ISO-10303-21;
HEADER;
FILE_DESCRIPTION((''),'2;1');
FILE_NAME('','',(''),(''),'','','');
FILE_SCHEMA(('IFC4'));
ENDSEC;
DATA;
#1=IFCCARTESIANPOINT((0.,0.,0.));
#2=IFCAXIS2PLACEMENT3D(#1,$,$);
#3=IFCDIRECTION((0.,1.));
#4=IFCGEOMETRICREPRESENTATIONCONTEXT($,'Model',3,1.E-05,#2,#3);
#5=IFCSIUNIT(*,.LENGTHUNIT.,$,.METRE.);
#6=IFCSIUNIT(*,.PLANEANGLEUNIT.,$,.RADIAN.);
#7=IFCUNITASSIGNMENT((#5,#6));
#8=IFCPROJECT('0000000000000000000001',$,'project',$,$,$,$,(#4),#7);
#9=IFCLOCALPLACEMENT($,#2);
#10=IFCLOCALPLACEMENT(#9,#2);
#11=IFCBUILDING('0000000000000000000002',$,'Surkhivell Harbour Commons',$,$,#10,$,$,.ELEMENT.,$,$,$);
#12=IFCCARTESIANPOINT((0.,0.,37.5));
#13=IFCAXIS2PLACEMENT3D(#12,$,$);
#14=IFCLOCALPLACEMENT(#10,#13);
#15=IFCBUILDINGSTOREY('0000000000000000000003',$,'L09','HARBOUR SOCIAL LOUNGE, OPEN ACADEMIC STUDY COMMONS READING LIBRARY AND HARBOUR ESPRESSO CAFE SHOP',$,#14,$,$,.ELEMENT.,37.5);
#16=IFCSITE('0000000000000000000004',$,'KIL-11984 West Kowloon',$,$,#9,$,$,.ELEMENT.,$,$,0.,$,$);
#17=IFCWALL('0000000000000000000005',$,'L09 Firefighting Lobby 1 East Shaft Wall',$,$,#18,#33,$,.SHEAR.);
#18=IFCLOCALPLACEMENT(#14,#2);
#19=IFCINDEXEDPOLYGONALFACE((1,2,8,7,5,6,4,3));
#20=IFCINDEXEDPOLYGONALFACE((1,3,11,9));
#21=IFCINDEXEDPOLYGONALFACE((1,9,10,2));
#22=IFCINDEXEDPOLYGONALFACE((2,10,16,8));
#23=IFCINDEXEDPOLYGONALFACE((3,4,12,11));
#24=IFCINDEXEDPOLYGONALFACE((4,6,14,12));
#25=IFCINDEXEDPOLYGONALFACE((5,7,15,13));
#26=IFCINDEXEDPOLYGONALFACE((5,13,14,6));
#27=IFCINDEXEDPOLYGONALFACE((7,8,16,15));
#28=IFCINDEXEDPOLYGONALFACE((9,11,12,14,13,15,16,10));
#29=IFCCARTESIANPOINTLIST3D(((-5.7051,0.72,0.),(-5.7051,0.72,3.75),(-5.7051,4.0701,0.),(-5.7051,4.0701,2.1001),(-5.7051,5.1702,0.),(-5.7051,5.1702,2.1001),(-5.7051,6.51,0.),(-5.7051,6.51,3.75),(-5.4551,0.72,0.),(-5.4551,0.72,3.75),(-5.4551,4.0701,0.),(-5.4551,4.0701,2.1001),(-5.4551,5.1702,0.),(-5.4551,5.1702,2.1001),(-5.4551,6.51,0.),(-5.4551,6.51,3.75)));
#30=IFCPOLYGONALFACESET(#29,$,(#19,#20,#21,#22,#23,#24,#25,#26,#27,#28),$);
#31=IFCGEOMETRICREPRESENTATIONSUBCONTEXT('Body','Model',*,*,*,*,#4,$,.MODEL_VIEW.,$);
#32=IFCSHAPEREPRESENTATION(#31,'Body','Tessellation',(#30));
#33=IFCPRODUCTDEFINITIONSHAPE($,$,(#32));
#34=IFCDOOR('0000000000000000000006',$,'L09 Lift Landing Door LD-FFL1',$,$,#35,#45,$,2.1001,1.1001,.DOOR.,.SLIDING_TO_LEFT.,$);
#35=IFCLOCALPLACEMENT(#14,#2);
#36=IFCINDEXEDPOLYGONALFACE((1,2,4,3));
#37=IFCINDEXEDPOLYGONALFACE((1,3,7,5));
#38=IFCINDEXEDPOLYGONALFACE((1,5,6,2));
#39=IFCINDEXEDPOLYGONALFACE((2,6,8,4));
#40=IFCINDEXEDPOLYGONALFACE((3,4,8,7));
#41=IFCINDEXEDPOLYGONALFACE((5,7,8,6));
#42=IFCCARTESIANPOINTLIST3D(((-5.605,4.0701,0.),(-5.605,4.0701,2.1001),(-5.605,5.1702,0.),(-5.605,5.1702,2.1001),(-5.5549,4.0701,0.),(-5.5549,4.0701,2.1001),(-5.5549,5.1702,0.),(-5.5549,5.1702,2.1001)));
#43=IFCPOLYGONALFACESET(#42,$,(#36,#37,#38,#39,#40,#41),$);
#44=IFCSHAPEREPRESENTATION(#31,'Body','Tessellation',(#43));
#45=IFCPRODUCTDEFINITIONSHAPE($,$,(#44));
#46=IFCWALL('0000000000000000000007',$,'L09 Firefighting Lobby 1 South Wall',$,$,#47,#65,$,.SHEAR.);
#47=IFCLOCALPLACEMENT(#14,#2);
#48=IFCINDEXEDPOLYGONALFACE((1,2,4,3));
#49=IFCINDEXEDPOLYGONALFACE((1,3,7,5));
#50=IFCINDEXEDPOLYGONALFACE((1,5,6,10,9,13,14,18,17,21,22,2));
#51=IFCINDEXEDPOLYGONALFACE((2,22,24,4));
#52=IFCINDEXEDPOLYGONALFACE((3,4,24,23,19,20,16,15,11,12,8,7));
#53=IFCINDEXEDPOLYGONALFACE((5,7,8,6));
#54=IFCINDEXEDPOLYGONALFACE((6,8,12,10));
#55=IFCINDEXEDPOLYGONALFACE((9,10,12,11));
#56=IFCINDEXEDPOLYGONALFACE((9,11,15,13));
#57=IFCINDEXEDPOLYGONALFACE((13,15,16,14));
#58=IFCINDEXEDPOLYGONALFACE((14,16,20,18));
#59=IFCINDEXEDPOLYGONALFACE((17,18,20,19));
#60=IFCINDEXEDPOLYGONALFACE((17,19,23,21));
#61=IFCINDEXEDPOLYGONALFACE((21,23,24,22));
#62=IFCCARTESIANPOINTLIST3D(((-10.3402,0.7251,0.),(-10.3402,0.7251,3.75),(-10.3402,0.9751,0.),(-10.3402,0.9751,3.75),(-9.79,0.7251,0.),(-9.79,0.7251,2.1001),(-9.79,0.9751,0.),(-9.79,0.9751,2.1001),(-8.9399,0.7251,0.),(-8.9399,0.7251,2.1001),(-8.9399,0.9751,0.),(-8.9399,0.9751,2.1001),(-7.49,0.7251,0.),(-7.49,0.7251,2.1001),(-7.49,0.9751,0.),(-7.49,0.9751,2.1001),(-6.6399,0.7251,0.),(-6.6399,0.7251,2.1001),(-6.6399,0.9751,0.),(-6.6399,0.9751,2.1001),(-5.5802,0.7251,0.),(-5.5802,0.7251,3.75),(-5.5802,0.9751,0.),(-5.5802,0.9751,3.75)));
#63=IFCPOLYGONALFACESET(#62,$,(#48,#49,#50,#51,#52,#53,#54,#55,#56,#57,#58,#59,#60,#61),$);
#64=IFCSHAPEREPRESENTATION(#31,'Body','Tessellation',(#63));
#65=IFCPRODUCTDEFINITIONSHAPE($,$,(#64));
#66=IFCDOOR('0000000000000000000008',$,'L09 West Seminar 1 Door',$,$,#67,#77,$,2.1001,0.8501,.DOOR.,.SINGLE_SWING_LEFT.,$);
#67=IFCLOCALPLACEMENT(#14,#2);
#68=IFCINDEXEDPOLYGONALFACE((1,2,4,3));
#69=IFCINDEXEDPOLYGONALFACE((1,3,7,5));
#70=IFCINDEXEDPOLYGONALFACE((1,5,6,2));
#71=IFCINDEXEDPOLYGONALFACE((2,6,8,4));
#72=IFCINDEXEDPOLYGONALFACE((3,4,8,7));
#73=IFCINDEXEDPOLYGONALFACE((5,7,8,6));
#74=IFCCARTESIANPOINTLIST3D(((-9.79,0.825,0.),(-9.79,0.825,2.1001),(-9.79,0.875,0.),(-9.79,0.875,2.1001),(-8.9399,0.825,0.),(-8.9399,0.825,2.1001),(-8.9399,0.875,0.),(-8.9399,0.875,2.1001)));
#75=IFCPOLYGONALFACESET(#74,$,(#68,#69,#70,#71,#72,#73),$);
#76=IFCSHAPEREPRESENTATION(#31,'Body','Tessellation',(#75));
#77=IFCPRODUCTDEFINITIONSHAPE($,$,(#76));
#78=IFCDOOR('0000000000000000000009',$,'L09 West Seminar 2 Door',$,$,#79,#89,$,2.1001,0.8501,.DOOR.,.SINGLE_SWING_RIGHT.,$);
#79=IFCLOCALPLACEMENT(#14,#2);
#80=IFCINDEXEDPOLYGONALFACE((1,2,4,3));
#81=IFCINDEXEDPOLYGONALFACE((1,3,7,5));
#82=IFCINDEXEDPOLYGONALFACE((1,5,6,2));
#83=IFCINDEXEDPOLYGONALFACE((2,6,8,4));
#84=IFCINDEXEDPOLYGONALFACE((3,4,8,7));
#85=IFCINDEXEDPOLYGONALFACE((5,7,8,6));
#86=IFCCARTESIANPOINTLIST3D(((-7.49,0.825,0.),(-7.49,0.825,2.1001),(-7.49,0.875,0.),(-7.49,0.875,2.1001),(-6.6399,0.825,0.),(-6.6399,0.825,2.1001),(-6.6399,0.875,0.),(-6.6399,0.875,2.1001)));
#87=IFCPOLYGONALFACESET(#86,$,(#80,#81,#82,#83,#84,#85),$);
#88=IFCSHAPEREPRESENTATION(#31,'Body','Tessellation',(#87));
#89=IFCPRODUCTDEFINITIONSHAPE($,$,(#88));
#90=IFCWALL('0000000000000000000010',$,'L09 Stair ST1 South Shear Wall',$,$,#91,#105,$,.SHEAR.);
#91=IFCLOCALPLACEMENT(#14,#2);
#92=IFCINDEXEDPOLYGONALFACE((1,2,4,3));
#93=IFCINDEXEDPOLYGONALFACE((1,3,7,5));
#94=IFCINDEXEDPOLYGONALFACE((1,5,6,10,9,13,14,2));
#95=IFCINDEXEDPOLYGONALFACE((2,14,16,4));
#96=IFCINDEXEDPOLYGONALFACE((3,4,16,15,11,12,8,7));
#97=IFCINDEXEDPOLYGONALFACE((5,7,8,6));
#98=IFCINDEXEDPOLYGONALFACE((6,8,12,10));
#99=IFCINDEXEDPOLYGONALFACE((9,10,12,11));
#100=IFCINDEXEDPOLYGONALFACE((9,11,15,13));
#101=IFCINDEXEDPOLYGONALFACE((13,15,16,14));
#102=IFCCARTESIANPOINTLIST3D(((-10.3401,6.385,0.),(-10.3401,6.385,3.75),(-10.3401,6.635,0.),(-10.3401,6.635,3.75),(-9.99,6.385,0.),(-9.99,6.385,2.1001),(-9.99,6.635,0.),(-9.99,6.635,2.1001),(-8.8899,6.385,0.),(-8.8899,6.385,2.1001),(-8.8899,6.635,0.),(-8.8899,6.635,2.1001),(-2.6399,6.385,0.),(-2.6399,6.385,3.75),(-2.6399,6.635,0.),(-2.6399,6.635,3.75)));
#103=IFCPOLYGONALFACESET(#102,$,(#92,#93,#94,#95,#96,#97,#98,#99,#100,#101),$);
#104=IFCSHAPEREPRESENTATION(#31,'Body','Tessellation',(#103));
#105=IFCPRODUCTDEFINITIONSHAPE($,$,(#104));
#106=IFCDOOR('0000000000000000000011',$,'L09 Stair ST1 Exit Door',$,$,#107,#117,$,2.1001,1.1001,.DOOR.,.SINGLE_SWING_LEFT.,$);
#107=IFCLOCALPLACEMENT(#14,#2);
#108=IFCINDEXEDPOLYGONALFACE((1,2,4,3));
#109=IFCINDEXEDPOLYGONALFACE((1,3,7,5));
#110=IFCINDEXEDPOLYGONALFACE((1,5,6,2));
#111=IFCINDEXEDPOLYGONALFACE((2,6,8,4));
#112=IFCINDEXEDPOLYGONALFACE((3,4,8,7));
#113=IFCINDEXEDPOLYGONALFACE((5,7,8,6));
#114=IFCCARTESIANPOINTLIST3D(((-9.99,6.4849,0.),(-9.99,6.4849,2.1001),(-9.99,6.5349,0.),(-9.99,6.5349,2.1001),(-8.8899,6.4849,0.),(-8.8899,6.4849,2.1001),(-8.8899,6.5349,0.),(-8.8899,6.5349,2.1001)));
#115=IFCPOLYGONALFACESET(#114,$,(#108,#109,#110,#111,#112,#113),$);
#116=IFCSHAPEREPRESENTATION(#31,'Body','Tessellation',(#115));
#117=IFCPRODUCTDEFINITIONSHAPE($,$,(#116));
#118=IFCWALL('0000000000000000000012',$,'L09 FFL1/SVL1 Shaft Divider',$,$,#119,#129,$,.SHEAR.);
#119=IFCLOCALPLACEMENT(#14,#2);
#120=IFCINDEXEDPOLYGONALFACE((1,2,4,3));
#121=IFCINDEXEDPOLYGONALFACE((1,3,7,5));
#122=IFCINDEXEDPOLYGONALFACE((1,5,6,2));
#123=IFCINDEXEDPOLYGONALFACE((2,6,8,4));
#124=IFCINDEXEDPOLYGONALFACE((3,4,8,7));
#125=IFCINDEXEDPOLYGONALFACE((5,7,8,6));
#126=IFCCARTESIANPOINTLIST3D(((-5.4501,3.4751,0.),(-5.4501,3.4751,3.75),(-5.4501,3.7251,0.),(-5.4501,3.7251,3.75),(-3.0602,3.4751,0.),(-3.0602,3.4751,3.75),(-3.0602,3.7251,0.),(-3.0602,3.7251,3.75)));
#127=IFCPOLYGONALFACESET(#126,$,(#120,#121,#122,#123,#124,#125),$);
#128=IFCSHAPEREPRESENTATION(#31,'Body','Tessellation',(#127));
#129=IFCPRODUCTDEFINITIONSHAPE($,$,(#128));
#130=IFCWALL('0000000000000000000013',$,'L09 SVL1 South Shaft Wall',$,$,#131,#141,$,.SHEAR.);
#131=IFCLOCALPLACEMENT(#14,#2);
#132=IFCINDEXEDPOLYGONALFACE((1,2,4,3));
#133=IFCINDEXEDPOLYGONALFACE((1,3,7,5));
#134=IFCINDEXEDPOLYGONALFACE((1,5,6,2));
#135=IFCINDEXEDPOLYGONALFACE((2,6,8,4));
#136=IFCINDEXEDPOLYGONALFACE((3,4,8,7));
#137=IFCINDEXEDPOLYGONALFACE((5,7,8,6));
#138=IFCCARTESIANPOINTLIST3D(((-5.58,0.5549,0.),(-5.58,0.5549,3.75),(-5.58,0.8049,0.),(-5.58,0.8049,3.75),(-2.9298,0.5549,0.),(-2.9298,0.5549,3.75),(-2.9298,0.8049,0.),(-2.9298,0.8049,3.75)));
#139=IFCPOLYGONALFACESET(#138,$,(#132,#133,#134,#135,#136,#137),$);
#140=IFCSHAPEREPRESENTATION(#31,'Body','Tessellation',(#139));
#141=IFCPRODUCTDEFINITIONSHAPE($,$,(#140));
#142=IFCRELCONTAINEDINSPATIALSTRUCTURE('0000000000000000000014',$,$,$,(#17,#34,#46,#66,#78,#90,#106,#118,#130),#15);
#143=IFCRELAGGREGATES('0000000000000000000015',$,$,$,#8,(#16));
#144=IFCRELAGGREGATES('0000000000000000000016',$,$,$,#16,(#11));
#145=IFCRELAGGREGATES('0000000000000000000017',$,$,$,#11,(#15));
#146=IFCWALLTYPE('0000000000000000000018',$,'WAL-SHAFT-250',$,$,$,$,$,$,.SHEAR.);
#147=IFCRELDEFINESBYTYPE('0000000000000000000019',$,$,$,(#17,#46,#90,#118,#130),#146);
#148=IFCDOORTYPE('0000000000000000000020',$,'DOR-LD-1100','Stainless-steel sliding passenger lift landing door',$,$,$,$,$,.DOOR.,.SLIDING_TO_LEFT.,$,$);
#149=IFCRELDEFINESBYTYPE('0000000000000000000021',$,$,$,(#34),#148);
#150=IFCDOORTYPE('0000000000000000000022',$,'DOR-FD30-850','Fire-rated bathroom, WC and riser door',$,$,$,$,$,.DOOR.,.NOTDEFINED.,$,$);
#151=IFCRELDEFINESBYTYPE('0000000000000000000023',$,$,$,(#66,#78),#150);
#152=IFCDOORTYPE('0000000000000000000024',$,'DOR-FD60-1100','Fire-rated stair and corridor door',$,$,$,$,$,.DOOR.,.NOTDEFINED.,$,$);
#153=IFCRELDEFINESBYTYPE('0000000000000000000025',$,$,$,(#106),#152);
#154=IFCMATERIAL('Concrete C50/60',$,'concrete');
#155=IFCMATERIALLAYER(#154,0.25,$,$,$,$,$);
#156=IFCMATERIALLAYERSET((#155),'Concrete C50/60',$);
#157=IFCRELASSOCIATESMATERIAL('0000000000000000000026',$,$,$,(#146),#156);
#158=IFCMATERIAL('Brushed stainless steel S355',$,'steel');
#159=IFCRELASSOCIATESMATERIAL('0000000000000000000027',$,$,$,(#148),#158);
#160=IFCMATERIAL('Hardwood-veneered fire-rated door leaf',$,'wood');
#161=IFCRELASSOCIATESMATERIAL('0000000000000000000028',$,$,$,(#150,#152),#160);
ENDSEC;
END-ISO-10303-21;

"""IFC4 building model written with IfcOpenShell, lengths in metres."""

from ifc_helpers import new_model, si_unit, direction, frame, frame_2d, origin, place, context, subcontext, project, spatial, rectangle, extrude, material, layer, layer_set, type_object, element, fill, save


model = new_model("IFC4")

# Units and contexts
model_context = context("Model", 3, precision=1e-05, world=origin(), true_north=direction((0.0, 1.0)))
body_context = subcontext(model_context, "Body", "Model", "MODEL_VIEW")
ifc_project = project(units=[si_unit("LENGTHUNIT", "METRE"), si_unit("PLANEANGLEUNIT", "RADIAN")], contexts=[model_context])

# Site, building, storey
site_placement = place(None, origin())
site = spatial("IfcSite", under=ifc_project, at=site_placement, Name="KIL-11984 West Kowloon", CompositionType="ELEMENT", RefElevation=0.0)
building_placement = place(site_placement, origin())
building = spatial("IfcBuilding", under=site, at=building_placement, Name="Surkhivell Harbour Commons", CompositionType="ELEMENT")
storey_placement = place(building_placement, frame((0.0, 0.0, 37.5)))
storey = spatial("IfcBuildingStorey", under=building, at=storey_placement, Name="L09", Description="HARBOUR SOCIAL LOUNGE, OPEN ACADEMIC STUDY COMMONS READING LIBRARY AND HARBOUR ESPRESSO CAFE SHOP", CompositionType="ELEMENT", Elevation=37.5)

# Shared definitions
ifc_material_1 = material(Name="Hardwood-veneered fire-rated door leaf", Category="wood")

# Wall, opening, door
ifc_material_2 = material(Name="Concrete C50/60", Category="concrete")
ifc_layer_1 = layer(ifc_material_2, 0.25)
ifc_layer_set_1 = layer_set([ifc_layer_1], Name="Concrete C50/60")
wall_type_1 = type_object("IfcWallType", Name="WAL-SHAFT-250", PredefinedType="SHEAR", material=ifc_layer_set_1)
wall_1_placement = place(storey_placement, frame((-5.5801, 0.72, 0.0), z_axis=(0.0, 0.0, 1.0), x_axis=(0.0, 1.0, 0.0)))
wall_1 = element("IfcWall", 1, at=wall_1_placement, inside=storey, type_object=wall_type_1, Name="L09 Firefighting Lobby 1 East Shaft Wall", PredefinedType="SHEAR", context=body_context, shape_type="SweptSolid", body=[
    extrude(rectangle(XDim=5.79, YDim=0.25, at=frame_2d((2.895, 0.0))), origin(), (0.0, 0.0, 1.0), 3.75),
])
opening_1_placement = place(wall_1_placement, frame((3.3501, 0.0, 0.0)))
opening_1 = element("IfcOpeningElement", 2, at=opening_1_placement, cuts=wall_1, PredefinedType="OPENING", context=body_context, shape_type="SweptSolid", body=[
    extrude(rectangle(XDim=1.1001, YDim=2.1001, at=frame_2d((0.55, 1.05))), frame((0.0, 0.135, 0.0), z_axis=(0.0, -1.0, 0.0), x_axis=(1.0, 0.0, 0.0)), (0.0, 0.0, 1.0), 0.27),
])
ifc_material_3 = material(Name="Brushed stainless steel S355", Category="steel")
door_type_1 = type_object("IfcDoorType", Name="DOR-LD-1100", Description="Stainless-steel sliding passenger lift landing door", OperationType="SLIDING_TO_LEFT", PredefinedType="DOOR", material=ifc_material_3)
door_1_placement = place(opening_1_placement, origin())
door_1 = element("IfcDoor", 3, at=door_1_placement, inside=storey, type_object=door_type_1, Name="L09 Lift Landing Door LD-FFL1", OperationType="SLIDING_TO_LEFT", OverallHeight=2.1001, OverallWidth=1.1001, PredefinedType="DOOR", context=body_context, shape_type="SweptSolid", body=[
    extrude(rectangle(XDim=1.1001, YDim=2.1001, at=frame_2d((0.55, 1.05))), frame((0.0, 0.0249, 0.0), z_axis=(0.0, -1.0, 0.0), x_axis=(1.0, 0.0, 0.0)), (0.0, 0.0, 1.0), 0.05),
])
fill(opening_1, door_1)

# Wall, openings, doors
wall_2_placement = place(storey_placement, frame((-10.3401, 0.8501, 0.0), z_axis=(0.0, 0.0, 1.0), x_axis=(1.0, 0.0, 0.0)))
wall_2 = element("IfcWall", 4, at=wall_2_placement, inside=storey, type_object=wall_type_1, Name="L09 Firefighting Lobby 1 South Wall", PredefinedType="SHEAR", context=body_context, shape_type="SweptSolid", body=[
    extrude(rectangle(XDim=4.76, YDim=0.25, at=frame_2d((2.3799, 0.0))), origin(), (0.0, 0.0, 1.0), 3.75),
])
opening_2_placement = place(wall_2_placement, frame((0.55, 0.0, 0.0)))
opening_2 = element("IfcOpeningElement", 5, at=opening_2_placement, cuts=wall_2, PredefinedType="OPENING", context=body_context, shape_type="SweptSolid", body=[
    extrude(rectangle(XDim=0.8501, YDim=2.1001, at=frame_2d((0.425, 1.05))), frame((0.0, 0.135, 0.0), z_axis=(0.0, -1.0, 0.0), x_axis=(1.0, 0.0, 0.0)), (0.0, 0.0, 1.0), 0.27),
])
opening_3_placement = place(wall_2_placement, frame((2.8501, 0.0, 0.0)))
opening_3 = element("IfcOpeningElement", 6, at=opening_3_placement, cuts=wall_2, PredefinedType="OPENING", context=body_context, shape_type="SweptSolid", body=[
    extrude(rectangle(XDim=0.8501, YDim=2.1001, at=frame_2d((0.425, 1.05))), frame((0.0, 0.135, 0.0), z_axis=(0.0, -1.0, 0.0), x_axis=(1.0, 0.0, 0.0)), (0.0, 0.0, 1.0), 0.27),
])
door_type_2 = type_object("IfcDoorType", Name="DOR-FD30-850", Description="Fire-rated bathroom, WC and riser door", OperationType="NOTDEFINED", PredefinedType="DOOR", material=ifc_material_1)
door_2_placement = place(opening_2_placement, origin())
door_2 = element("IfcDoor", 7, at=door_2_placement, inside=storey, type_object=door_type_2, Name="L09 West Seminar 1 Door", OperationType="SINGLE_SWING_LEFT", OverallHeight=2.1001, OverallWidth=0.8501, PredefinedType="DOOR", context=body_context, shape_type="SweptSolid", body=[
    extrude(rectangle(XDim=0.8501, YDim=2.1001, at=frame_2d((0.425, 1.05))), frame((0.0, 0.0249, 0.0), z_axis=(0.0, -1.0, 0.0), x_axis=(1.0, 0.0, 0.0)), (0.0, 0.0, 1.0), 0.05),
])
fill(opening_2, door_2)
door_3_placement = place(opening_3_placement, origin())
door_3 = element("IfcDoor", 8, at=door_3_placement, inside=storey, type_object=door_type_2, Name="L09 West Seminar 2 Door", OperationType="SINGLE_SWING_RIGHT", OverallHeight=2.1001, OverallWidth=0.8501, PredefinedType="DOOR", context=body_context, shape_type="SweptSolid", body=[
    extrude(rectangle(XDim=0.8501, YDim=2.1001, at=frame_2d((0.425, 1.05))), frame((0.0, 0.0249, 0.0), z_axis=(0.0, -1.0, 0.0), x_axis=(1.0, 0.0, 0.0)), (0.0, 0.0, 1.0), 0.05),
])
fill(opening_3, door_3)

# Wall, opening, door
wall_3_placement = place(storey_placement, frame((-10.3401, 6.51, 0.0), z_axis=(0.0, 0.0, 1.0), x_axis=(1.0, 0.0, 0.0)))
wall_3 = element("IfcWall", 9, at=wall_3_placement, inside=storey, type_object=wall_type_1, Name="L09 Stair ST1 South Shear Wall", PredefinedType="SHEAR", context=body_context, shape_type="SweptSolid", body=[
    extrude(rectangle(XDim=7.7002, YDim=0.25, at=frame_2d((3.8501, 0.0))), origin(), (0.0, 0.0, 1.0), 3.75),
])
opening_4_placement = place(wall_3_placement, frame((0.3501, 0.0, 0.0)))
opening_4 = element("IfcOpeningElement", 10, at=opening_4_placement, cuts=wall_3, PredefinedType="OPENING", context=body_context, shape_type="SweptSolid", body=[
    extrude(rectangle(XDim=1.1001, YDim=2.1001, at=frame_2d((0.55, 1.05))), frame((0.0, 0.135, 0.0), z_axis=(0.0, -1.0, 0.0), x_axis=(1.0, 0.0, 0.0)), (0.0, 0.0, 1.0), 0.27),
])
door_type_3 = type_object("IfcDoorType", Name="DOR-FD60-1100", Description="Fire-rated stair and corridor door", OperationType="NOTDEFINED", PredefinedType="DOOR", material=ifc_material_1)
door_4_placement = place(opening_4_placement, origin())
door_4 = element("IfcDoor", 11, at=door_4_placement, inside=storey, type_object=door_type_3, Name="L09 Stair ST1 Exit Door", OperationType="SINGLE_SWING_LEFT", OverallHeight=2.1001, OverallWidth=1.1001, PredefinedType="DOOR", context=body_context, shape_type="SweptSolid", body=[
    extrude(rectangle(XDim=1.1001, YDim=2.1001, at=frame_2d((0.55, 1.05))), frame((0.0, 0.0249, 0.0), z_axis=(0.0, -1.0, 0.0), x_axis=(1.0, 0.0, 0.0)), (0.0, 0.0, 1.0), 0.05),
])
fill(opening_4, door_4)

# Walls
wall_4_placement = place(storey_placement, frame((-5.45, 3.6001, 0.0), z_axis=(0.0, 0.0, 1.0), x_axis=(1.0, 0.0, 0.0)))
element("IfcWall", 12, at=wall_4_placement, inside=storey, type_object=wall_type_1, Name="L09 FFL1/SVL1 Shaft Divider", PredefinedType="SHEAR", context=body_context, shape_type="SweptSolid", body=[
    extrude(rectangle(XDim=2.3899, YDim=0.25, at=frame_2d((1.1948, 0.0))), origin(), (0.0, 0.0, 1.0), 3.75),
])
wall_5_placement = place(storey_placement, frame((-5.5801, 0.6799, 0.0), z_axis=(0.0, 0.0, 1.0), x_axis=(1.0, 0.0, 0.0)))
element("IfcWall", 13, at=wall_5_placement, inside=storey, type_object=wall_type_1, Name="L09 SVL1 South Shaft Wall", PredefinedType="SHEAR", context=body_context, shape_type="SweptSolid", body=[
    extrude(rectangle(XDim=2.6501, YDim=0.25, at=frame_2d((1.3252, 0.0))), origin(), (0.0, 0.0, 1.0), 3.75),
])

save(model, "model.ifc")
